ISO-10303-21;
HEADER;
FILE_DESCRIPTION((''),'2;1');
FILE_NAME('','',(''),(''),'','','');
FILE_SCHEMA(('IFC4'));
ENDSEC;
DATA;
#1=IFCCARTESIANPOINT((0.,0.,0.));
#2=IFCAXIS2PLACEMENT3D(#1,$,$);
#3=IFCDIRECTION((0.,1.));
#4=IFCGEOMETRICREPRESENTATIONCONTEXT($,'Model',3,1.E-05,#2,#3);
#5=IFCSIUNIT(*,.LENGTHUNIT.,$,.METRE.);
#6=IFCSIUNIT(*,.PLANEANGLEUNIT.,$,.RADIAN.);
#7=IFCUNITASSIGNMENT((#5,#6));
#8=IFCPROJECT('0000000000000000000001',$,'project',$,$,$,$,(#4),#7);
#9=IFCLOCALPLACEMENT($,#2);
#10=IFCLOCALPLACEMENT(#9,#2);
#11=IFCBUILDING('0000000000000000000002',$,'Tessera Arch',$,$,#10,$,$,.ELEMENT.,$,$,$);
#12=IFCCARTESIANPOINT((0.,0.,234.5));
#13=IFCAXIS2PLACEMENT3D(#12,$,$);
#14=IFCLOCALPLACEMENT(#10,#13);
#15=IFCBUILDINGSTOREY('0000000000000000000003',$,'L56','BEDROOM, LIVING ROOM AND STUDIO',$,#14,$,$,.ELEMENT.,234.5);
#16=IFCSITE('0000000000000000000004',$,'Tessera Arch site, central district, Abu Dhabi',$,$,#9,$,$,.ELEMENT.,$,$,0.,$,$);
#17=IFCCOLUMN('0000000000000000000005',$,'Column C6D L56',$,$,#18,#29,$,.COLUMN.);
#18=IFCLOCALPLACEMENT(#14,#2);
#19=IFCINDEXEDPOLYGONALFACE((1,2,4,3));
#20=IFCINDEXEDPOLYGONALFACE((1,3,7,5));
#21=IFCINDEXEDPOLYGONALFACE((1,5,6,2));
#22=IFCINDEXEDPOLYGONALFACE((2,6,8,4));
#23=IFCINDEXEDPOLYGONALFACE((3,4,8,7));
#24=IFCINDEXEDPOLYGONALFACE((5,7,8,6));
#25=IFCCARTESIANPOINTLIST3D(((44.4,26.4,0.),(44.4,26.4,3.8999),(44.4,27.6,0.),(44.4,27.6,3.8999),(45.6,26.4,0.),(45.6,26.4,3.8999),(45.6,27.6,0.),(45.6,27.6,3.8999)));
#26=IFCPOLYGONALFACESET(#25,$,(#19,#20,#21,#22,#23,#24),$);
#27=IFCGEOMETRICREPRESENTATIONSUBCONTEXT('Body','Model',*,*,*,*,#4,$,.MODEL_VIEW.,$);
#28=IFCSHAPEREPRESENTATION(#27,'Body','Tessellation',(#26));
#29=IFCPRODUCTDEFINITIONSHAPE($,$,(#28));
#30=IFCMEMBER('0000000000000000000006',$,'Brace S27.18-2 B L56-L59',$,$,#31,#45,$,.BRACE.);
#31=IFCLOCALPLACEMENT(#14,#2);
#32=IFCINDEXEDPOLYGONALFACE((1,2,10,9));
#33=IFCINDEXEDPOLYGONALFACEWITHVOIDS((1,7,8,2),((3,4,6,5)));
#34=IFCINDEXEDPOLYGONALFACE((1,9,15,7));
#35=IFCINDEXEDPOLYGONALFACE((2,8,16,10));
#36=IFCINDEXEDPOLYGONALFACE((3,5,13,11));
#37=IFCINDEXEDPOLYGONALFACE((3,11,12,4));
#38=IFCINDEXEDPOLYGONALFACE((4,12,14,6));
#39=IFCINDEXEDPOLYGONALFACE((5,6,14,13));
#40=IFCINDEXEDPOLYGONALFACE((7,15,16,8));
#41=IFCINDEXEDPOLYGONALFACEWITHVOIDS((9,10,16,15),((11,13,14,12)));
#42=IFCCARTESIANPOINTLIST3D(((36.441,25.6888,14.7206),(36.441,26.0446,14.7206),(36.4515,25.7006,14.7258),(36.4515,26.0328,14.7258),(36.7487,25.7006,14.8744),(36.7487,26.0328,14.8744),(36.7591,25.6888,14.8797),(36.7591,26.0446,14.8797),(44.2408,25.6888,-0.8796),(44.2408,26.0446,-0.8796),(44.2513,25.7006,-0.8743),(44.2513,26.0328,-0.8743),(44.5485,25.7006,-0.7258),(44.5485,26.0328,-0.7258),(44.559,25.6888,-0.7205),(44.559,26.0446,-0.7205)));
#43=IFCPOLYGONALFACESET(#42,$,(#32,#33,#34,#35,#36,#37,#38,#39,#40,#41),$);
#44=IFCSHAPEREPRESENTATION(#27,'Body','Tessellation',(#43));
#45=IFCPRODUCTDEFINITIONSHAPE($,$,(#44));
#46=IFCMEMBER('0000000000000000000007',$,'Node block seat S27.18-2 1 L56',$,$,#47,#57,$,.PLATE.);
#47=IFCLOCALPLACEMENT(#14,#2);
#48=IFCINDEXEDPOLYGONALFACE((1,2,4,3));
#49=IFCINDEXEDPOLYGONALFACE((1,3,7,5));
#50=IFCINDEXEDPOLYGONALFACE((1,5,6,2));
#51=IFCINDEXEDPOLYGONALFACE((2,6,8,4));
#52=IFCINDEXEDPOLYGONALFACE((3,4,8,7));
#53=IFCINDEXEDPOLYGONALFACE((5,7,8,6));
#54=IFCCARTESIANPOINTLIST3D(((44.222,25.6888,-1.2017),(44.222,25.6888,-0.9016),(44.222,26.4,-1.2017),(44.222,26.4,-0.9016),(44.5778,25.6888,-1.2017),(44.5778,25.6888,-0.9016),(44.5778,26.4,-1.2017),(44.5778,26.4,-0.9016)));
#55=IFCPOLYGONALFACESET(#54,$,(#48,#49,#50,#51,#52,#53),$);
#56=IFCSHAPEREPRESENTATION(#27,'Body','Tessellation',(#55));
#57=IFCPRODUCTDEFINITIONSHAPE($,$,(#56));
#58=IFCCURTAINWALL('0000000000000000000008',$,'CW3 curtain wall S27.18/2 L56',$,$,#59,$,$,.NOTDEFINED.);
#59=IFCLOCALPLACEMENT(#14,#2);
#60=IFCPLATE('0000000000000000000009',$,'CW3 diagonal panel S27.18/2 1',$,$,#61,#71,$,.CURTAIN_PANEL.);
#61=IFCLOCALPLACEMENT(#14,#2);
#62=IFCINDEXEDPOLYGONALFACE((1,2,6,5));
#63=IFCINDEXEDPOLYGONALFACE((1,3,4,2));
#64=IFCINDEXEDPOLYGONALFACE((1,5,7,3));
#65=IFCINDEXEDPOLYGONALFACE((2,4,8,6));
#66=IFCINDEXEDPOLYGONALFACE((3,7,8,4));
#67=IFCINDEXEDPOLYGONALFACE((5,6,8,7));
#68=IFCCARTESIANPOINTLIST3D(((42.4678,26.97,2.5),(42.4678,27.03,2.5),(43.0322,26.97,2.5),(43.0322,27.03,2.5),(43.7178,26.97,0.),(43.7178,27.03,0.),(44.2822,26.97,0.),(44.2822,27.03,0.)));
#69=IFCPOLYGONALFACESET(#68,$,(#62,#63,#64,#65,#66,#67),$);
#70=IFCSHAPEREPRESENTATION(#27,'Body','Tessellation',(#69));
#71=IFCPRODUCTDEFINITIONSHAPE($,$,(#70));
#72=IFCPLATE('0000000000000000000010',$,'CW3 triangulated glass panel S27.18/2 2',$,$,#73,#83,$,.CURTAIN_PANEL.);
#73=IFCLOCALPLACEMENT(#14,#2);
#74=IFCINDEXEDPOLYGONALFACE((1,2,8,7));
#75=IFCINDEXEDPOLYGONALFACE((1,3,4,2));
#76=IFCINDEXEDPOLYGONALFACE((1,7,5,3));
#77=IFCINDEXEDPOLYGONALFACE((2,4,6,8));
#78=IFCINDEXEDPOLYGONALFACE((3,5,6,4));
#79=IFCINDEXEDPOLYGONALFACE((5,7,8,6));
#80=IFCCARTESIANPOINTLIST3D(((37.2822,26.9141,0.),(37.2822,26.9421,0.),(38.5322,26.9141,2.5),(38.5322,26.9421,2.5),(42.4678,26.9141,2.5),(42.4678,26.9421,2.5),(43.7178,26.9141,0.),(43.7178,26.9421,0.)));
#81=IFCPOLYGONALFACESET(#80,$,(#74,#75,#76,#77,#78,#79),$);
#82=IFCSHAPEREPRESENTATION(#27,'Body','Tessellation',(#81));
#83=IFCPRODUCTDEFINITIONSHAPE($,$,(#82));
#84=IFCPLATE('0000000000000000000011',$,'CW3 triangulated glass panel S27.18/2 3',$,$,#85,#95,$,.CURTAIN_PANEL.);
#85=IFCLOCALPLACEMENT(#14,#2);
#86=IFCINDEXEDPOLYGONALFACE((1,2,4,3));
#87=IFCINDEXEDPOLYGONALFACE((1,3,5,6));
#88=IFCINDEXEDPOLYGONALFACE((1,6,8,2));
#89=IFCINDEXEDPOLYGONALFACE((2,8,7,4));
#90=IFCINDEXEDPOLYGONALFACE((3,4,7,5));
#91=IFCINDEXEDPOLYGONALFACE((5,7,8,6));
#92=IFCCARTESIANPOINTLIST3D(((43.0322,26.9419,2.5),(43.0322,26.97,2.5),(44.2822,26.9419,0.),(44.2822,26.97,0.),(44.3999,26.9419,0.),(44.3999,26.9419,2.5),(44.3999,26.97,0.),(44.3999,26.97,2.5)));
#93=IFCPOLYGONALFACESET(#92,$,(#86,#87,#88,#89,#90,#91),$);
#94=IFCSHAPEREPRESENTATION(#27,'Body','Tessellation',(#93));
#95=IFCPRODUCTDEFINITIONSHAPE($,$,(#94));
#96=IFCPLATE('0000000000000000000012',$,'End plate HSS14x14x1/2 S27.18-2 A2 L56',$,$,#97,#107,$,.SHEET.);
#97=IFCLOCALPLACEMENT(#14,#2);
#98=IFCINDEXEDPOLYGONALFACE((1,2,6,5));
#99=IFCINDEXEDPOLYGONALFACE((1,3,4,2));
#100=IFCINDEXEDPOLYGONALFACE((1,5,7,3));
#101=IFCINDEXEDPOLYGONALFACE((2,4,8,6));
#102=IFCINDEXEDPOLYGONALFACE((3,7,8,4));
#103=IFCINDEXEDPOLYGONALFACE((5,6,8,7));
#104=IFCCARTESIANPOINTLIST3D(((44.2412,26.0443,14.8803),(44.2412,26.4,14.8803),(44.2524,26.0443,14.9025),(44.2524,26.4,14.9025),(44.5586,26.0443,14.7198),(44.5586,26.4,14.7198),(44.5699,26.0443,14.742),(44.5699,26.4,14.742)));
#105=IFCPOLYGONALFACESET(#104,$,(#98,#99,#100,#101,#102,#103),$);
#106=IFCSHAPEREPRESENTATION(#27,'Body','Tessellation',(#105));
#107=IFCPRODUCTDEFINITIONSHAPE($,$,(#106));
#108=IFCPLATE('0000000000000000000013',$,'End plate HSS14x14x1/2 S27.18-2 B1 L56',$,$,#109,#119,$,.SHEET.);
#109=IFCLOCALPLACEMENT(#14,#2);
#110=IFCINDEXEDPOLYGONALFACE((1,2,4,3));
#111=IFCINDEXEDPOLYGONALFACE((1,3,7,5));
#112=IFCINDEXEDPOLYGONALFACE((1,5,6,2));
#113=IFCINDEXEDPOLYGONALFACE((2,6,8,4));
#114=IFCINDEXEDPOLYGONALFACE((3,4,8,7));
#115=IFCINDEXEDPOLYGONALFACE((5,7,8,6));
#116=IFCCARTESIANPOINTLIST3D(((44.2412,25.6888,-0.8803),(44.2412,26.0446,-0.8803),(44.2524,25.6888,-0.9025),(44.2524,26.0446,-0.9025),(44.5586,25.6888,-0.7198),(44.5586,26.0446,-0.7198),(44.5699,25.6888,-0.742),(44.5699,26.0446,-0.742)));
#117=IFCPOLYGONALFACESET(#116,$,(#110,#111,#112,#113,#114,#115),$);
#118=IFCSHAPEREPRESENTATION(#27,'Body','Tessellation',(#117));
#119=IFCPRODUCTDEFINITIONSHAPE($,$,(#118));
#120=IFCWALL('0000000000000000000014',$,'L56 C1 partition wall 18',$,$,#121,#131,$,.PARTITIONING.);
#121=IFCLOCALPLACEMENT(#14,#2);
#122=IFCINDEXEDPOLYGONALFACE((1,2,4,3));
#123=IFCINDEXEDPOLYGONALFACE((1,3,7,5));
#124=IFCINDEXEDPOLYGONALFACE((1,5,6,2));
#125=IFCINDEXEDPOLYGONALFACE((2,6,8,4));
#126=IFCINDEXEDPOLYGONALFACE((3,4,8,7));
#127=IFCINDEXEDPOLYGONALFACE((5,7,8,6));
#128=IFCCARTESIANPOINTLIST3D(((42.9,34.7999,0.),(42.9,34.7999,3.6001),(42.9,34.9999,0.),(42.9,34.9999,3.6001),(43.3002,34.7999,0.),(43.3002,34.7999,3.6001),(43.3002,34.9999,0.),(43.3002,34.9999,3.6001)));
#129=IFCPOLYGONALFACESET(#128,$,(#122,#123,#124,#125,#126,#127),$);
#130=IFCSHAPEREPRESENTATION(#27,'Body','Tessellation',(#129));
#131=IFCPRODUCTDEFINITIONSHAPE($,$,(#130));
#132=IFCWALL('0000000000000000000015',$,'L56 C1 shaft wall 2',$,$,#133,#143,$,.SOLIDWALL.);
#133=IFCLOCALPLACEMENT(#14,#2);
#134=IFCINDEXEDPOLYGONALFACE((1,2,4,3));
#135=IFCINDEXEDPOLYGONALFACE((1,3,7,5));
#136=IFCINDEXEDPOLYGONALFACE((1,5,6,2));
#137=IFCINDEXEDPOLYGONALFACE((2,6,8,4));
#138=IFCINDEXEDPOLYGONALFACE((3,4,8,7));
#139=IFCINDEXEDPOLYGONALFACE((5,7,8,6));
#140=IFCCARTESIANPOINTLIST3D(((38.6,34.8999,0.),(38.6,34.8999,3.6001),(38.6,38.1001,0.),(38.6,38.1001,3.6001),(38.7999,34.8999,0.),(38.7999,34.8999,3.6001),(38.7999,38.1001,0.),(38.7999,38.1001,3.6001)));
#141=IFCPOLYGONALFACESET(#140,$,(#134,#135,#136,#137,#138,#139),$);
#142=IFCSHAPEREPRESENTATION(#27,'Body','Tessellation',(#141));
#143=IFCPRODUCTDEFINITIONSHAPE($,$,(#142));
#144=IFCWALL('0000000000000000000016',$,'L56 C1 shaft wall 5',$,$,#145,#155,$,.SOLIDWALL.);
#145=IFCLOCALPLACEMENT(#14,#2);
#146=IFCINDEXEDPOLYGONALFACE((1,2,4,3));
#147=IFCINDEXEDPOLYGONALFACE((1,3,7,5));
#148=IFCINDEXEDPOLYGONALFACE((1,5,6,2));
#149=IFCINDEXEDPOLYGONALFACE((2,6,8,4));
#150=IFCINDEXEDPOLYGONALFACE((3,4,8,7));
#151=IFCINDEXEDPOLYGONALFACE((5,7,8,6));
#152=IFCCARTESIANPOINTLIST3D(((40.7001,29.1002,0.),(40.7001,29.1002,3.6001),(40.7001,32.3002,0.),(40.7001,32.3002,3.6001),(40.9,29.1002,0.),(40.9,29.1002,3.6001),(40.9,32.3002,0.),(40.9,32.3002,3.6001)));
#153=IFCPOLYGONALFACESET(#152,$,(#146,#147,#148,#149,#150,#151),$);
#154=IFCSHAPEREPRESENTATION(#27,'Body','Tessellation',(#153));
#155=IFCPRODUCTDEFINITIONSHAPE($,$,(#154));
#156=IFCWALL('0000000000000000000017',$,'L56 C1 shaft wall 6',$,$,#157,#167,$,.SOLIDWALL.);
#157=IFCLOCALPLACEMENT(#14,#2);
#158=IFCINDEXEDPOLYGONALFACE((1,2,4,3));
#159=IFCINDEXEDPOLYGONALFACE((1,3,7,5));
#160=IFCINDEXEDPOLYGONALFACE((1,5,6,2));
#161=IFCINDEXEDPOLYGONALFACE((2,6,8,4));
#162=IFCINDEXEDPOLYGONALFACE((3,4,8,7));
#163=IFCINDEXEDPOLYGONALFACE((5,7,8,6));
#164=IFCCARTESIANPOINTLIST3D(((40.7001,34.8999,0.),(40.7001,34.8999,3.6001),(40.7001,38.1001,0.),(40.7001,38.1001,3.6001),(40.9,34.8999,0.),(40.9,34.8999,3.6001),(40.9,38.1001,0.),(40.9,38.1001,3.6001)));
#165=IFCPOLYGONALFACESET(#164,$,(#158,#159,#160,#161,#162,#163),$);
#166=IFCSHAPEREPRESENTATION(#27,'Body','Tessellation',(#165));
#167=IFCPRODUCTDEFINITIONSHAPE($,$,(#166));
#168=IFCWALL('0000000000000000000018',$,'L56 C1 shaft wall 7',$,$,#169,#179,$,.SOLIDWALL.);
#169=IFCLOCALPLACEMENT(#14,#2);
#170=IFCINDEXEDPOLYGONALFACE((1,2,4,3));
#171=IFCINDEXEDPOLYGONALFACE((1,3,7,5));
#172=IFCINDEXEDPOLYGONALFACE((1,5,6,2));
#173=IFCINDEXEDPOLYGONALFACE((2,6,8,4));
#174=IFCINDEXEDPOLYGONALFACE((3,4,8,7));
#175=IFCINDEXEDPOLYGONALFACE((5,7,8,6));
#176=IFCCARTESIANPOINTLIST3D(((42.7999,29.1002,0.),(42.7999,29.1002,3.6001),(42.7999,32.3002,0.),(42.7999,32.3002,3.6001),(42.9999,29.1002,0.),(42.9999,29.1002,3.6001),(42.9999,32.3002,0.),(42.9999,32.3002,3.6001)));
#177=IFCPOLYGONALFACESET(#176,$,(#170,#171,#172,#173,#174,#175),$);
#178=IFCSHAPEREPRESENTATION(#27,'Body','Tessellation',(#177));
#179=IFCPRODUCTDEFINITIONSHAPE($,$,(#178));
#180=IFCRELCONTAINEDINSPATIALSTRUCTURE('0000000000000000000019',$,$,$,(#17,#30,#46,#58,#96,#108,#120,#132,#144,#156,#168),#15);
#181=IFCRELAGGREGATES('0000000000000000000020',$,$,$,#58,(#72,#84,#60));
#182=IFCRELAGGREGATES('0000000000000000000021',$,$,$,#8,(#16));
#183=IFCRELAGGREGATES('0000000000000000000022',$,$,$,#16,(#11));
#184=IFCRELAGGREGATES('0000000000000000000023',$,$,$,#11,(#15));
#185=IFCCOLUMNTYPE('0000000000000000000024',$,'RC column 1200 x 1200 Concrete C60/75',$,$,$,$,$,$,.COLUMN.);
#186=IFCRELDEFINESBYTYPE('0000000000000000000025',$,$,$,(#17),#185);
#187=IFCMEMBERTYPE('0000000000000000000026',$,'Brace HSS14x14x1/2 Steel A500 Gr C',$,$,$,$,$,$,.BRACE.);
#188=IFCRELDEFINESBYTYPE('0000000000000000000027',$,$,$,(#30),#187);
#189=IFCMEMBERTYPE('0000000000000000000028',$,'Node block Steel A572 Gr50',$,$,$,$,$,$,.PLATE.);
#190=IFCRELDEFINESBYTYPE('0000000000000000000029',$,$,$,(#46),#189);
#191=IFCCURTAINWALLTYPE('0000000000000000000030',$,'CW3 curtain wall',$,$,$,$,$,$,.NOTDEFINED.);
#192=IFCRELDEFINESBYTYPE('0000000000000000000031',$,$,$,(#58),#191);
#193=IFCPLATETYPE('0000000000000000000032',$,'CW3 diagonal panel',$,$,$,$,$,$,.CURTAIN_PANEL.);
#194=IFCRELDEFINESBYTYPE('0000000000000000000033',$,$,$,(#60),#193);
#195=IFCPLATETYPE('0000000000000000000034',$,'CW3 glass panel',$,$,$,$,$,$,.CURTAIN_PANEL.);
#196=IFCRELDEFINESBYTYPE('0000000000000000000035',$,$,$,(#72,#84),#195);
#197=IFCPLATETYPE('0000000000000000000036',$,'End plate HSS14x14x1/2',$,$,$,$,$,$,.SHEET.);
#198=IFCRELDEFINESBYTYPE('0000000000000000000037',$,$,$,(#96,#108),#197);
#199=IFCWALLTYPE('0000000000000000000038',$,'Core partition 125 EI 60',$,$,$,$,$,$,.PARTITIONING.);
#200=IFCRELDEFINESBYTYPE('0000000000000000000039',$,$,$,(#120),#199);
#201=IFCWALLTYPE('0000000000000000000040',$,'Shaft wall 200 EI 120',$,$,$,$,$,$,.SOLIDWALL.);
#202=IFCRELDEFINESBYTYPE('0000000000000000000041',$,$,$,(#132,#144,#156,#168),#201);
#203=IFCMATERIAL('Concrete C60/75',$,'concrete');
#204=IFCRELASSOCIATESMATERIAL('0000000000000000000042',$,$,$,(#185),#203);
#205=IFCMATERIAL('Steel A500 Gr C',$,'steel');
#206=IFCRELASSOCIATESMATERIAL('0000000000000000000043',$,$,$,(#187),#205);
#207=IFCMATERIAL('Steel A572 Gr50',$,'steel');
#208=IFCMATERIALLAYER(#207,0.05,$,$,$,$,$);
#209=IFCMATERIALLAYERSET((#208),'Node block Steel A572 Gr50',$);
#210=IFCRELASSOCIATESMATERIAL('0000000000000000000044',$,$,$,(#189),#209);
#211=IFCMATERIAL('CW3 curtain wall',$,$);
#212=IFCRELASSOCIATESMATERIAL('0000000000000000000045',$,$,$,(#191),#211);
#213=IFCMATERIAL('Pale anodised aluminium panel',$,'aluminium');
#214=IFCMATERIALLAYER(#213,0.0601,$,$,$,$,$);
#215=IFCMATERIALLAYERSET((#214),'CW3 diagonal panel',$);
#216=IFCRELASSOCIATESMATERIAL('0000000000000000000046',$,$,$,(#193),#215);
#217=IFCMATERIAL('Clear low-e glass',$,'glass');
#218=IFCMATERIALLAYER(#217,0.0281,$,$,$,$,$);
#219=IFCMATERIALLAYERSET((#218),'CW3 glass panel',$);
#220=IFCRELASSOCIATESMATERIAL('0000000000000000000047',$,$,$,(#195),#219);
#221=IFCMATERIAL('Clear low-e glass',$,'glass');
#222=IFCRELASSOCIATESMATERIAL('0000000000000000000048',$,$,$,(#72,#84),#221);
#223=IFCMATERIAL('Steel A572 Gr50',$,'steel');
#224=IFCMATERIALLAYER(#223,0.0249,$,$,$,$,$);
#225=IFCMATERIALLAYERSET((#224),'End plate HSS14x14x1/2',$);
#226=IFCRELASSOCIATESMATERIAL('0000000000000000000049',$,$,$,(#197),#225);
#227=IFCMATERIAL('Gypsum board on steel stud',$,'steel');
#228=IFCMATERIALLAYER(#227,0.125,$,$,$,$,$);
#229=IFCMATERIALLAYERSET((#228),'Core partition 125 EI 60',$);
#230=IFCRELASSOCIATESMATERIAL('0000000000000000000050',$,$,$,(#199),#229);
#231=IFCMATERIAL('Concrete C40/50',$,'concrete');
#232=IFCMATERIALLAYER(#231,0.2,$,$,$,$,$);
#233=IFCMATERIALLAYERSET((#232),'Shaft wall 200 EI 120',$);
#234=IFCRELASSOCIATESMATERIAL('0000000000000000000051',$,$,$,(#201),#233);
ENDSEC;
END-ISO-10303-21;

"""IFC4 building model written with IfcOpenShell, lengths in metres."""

from ifc_helpers import new_model, si_unit, direction, frame, frame_2d, origin, origin_2d, place, context, subcontext, project, spatial, polyline, rectangle, hollow_rectangle, outline, extrude, material, layer, layer_set, material_profile, profile_set, type_object, element, aggregate, save


model = new_model("IFC4")

# Units and contexts
model_context = context("Model", 3, precision=1e-05, world=origin(), true_north=direction((0.0, 1.0)))
body_context = subcontext(model_context, "Body", "Model", "MODEL_VIEW")
ifc_project = project(units=[si_unit("LENGTHUNIT", "METRE"), si_unit("PLANEANGLEUNIT", "RADIAN")], contexts=[model_context])

# Site, building, storey
site_placement = place(None, origin())
site = spatial("IfcSite", under=ifc_project, at=site_placement, Name="Tessera Arch site, central district, Abu Dhabi", CompositionType="ELEMENT", RefElevation=0.0)
building_placement = place(site_placement, origin())
building = spatial("IfcBuilding", under=site, at=building_placement, Name="Tessera Arch", CompositionType="ELEMENT")
storey_placement = place(building_placement, frame((0.0, 0.0, 234.5)))
storey = spatial("IfcBuildingStorey", under=building, at=storey_placement, Name="L56", Description="BEDROOM, LIVING ROOM AND STUDIO", CompositionType="ELEMENT", Elevation=234.5)

# Column
ifc_material_1 = material(Name="Concrete C60/75", Category="concrete")
ifc_material_profile_1 = material_profile(ifc_material_1, rectangle(XDim=1.2, YDim=1.2, at=origin_2d()), Name="RC column 1200 x 1200 Concrete C60/75")
ifc_profile_set_1 = profile_set([ifc_material_profile_1], Name="Concrete C60/75")
column_type = type_object("IfcColumnType", Name="RC column 1200 x 1200 Concrete C60/75", PredefinedType="COLUMN", material=ifc_profile_set_1)
column_placement = place(storey_placement, frame((45.0, 27.0, 0.0), z_axis=(0.0, 0.0, 1.0), x_axis=(1.0, 0.0, 0.0)))
element("IfcColumn", 1, at=column_placement, inside=storey, type_object=column_type, Name="Column C6D L56", PredefinedType="COLUMN", context=body_context, shape_type="SweptSolid", body=[
    extrude(rectangle(XDim=1.2, YDim=1.2, at=origin_2d()), origin(), (0.0, 0.0, 1.0), 3.8999),
])

# Members
ifc_material_2 = material(Name="Steel A500 Gr C", Category="steel")
ifc_material_profile_2 = material_profile(ifc_material_2, hollow_rectangle(XDim=0.3557, YDim=0.3557, WallThickness=0.0117, at=origin_2d()), Name="HSS14x14x1/2")
ifc_profile_set_2 = profile_set([ifc_material_profile_2], Name="Steel A500 Gr C")
member_type_1 = type_object("IfcMemberType", Name="Brace HSS14x14x1/2 Steel A500 Gr C", PredefinedType="BRACE", material=ifc_profile_set_2)
member_1_placement = place(storey_placement, frame((44.3999, 25.8667, -0.8), z_axis=(-0.447202, 0.0, 0.894433), x_axis=(0.0, -1.0, 0.0)))
element("IfcMember", 2, at=member_1_placement, inside=storey, type_object=member_type_1, Name="Brace S27.18-2 B L56-L59", PredefinedType="BRACE", context=body_context, shape_type="SweptSolid", body=[
    extrude(hollow_rectangle(XDim=0.3557, YDim=0.3557, WallThickness=0.0117, at=origin_2d()), origin(), (0.0, 0.0, 1.0), 17.4414),
])
ifc_material_3 = material(Name="Steel A572 Gr50", Category="steel")
ifc_layer_1 = layer(ifc_material_3, 0.05)
ifc_layer_set_1 = layer_set([ifc_layer_1], Name="Node block Steel A572 Gr50")
member_type_2 = type_object("IfcMemberType", Name="Node block Steel A572 Gr50", PredefinedType="PLATE", material=ifc_layer_set_1)
member_2_placement = place(storey_placement, frame((44.3999, 26.0444, -1.2017), z_axis=(0.0, 0.0, 1.0), x_axis=(1.0, 0.0, 0.0)))
element("IfcMember", 3, at=member_2_placement, inside=storey, type_object=member_type_2, Name="Node block seat S27.18-2 1 L56", PredefinedType="PLATE", context=body_context, shape_type="SweptSolid", body=[
    extrude(rectangle(XDim=0.3557, YDim=0.7112, at=origin_2d()), origin(), (0.0, 0.0, 1.0), 0.3),
])

# Curtain wall, plates
ifc_material_4 = material(Name="CW3 curtain wall")
curtain_wall_type = type_object("IfcCurtainWallType", Name="CW3 curtain wall", PredefinedType="NOTDEFINED", material=ifc_material_4)
curtain_wall_placement = place(storey_placement, origin())
curtain_wall = element("IfcCurtainWall", 4, at=curtain_wall_placement, inside=storey, type_object=curtain_wall_type, Name="CW3 curtain wall S27.18/2 L56", PredefinedType="NOTDEFINED")
ifc_material_5 = material(Name="Pale anodised aluminium panel", Category="aluminium")
ifc_layer_2 = layer(ifc_material_5, 0.0601)
ifc_layer_set_2 = layer_set([ifc_layer_2], Name="CW3 diagonal panel")
plate_type_1 = type_object("IfcPlateType", Name="CW3 diagonal panel", PredefinedType="CURTAIN_PANEL", material=ifc_layer_set_2)
plate_1_placement = place(storey_placement, frame((43.0322, 26.97, 2.5), z_axis=(0.0, -1.0, 0.0), x_axis=(-1.0, 0.0, 0.0)))
plate_1 = element("IfcPlate", 5, at=plate_1_placement, type_object=plate_type_1, Name="CW3 diagonal panel S27.18/2 1", PredefinedType="CURTAIN_PANEL", context=body_context, shape_type="SweptSolid", body=[
    extrude(outline(polyline([(0.0, 0.0), (0.5645, 0.0), (-0.6855, 2.5), (-1.25, 2.5), (0.0, 0.0)])), origin(), (0.0, 0.0, -1.0), 0.0601),
])
ifc_material_6 = material(Name="Clear low-e glass", Category="glass")
ifc_material_7 = material(Name="Clear low-e glass", Category="glass")
ifc_layer_3 = layer(ifc_material_7, 0.0281)
ifc_layer_set_3 = layer_set([ifc_layer_3], Name="CW3 glass panel")
plate_type_2 = type_object("IfcPlateType", Name="CW3 glass panel", PredefinedType="CURTAIN_PANEL", material=ifc_layer_set_3)
plate_2_placement = place(storey_placement, frame((42.4678, 26.9141, 2.5), z_axis=(0.0, -1.0, 0.0), x_axis=(-1.0, 0.0, 0.0)))
plate_2 = element("IfcPlate", 6, at=plate_2_placement, type_object=plate_type_2, material=ifc_material_6, Name="CW3 triangulated glass panel S27.18/2 2", PredefinedType="CURTAIN_PANEL", context=body_context, shape_type="SweptSolid", body=[
    extrude(outline(polyline([(0.0, 0.0), (3.9355, 0.0), (5.1855, 2.5), (-1.25, 2.5), (0.0, 0.0)])), origin(), (0.0, 0.0, -1.0), 0.0281),
])
plate_3_placement = place(storey_placement, frame((44.3999, 26.9419, 2.5), z_axis=(0.0, -1.0, 0.0), x_axis=(-1.0, 0.0, 0.0)))
plate_3 = element("IfcPlate", 7, at=plate_3_placement, type_object=plate_type_2, material=ifc_material_6, Name="CW3 triangulated glass panel S27.18/2 3", PredefinedType="CURTAIN_PANEL", context=body_context, shape_type="SweptSolid", body=[
    extrude(outline(polyline([(0.0, 0.0), (1.3677, 0.0), (0.1177, 2.5), (0.0, 2.5), (0.0, 0.0)])), origin(), (0.0, 0.0, -1.0), 0.0281),
])
aggregate(curtain_wall, [plate_2, plate_3, plate_1])

# Plates
ifc_material_8 = material(Name="Steel A572 Gr50", Category="steel")
ifc_layer_4 = layer(ifc_material_8, 0.0249)
ifc_layer_set_4 = layer_set([ifc_layer_4], Name="End plate HSS14x14x1/2")
plate_type_3 = type_object("IfcPlateType", Name="End plate HSS14x14x1/2", PredefinedType="SHEET", material=ifc_layer_set_4)
for number, where, z_axis, x_axis, name in (
    (8, (44.3999, 26.2222, 14.8), (0.451132, 0.0, 0.892457), (0.0, 1.0, 0.0), "End plate HSS14x14x1/2 S27.18-2 A2 L56"),
    (9, (44.4111, 25.8667, -0.8223), (-0.451132, 0.0, 0.892457), (0.0, -1.0, 0.0), "End plate HSS14x14x1/2 S27.18-2 B1 L56"),
):
    element("IfcPlate", number, at=place(storey_placement, frame(where, z_axis=z_axis, x_axis=x_axis)), inside=storey, type_object=plate_type_3, Name=name, PredefinedType="SHEET", context=body_context, shape_type="SweptSolid", body=[
        extrude(rectangle(XDim=0.3557, YDim=0.3557, at=origin_2d()), origin(), (0.0, 0.0, 1.0), 0.0249),
    ])

# Walls
ifc_material_9 = material(Name="Gypsum board on steel stud", Category="steel")
ifc_layer_5 = layer(ifc_material_9, 0.125)
ifc_layer_set_5 = layer_set([ifc_layer_5], Name="Core partition 125 EI 60")
wall_type_1 = type_object("IfcWallType", Name="Core partition 125 EI 60", PredefinedType="PARTITIONING", material=ifc_layer_set_5)
wall_1_placement = place(storey_placement, frame((42.8999, 34.8999, 0.0), z_axis=(0.0, 0.0, 1.0), x_axis=(1.0, 0.0, 0.0)))
element("IfcWall", 10, at=wall_1_placement, inside=storey, type_object=wall_type_1, Name="L56 C1 partition wall 18", PredefinedType="PARTITIONING", context=body_context, shape_type="SweptSolid", body=[
    extrude(rectangle(XDim=0.4001, YDim=0.2, at=frame_2d((0.2002, 0.0))), origin(), (0.0, 0.0, 1.0), 3.6001),
])
ifc_material_10 = material(Name="Concrete C40/50", Category="concrete")
ifc_layer_6 = layer(ifc_material_10, 0.2)
ifc_layer_set_6 = layer_set([ifc_layer_6], Name="Shaft wall 200 EI 120")
wall_type_2 = type_object("IfcWallType", Name="Shaft wall 200 EI 120", PredefinedType="SOLIDWALL", material=ifc_layer_set_6)
wall_2_placement = place(storey_placement, frame((38.7, 34.8999, 0.0), z_axis=(0.0, 0.0, 1.0), x_axis=(0.0, 1.0, 0.0)))
element("IfcWall", 11, at=wall_2_placement, inside=storey, type_object=wall_type_2, Name="L56 C1 shaft wall 2", PredefinedType="SOLIDWALL", context=body_context, shape_type="SweptSolid", body=[
    extrude(rectangle(XDim=3.2002, YDim=0.2, at=frame_2d((1.6001, 0.0))), origin(), (0.0, 0.0, 1.0), 3.6001),
])
wall_3_placement = place(storey_placement, frame((40.8, 29.1001, 0.0), z_axis=(0.0, 0.0, 1.0), x_axis=(0.0, 1.0, 0.0)))
element("IfcWall", 12, at=wall_3_placement, inside=storey, type_object=wall_type_2, Name="L56 C1 shaft wall 5", PredefinedType="SOLIDWALL", context=body_context, shape_type="SweptSolid", body=[
    extrude(rectangle(XDim=3.2, YDim=0.2, at=frame_2d((1.6001, 0.0))), origin(), (0.0, 0.0, 1.0), 3.6001),
])
wall_4_placement = place(storey_placement, frame((40.8, 34.8999, 0.0), z_axis=(0.0, 0.0, 1.0), x_axis=(0.0, 1.0, 0.0)))
element("IfcWall", 13, at=wall_4_placement, inside=storey, type_object=wall_type_2, Name="L56 C1 shaft wall 6", PredefinedType="SOLIDWALL", context=body_context, shape_type="SweptSolid", body=[
    extrude(rectangle(XDim=3.2002, YDim=0.2, at=frame_2d((1.6001, 0.0))), origin(), (0.0, 0.0, 1.0), 3.6001),
])
wall_5_placement = place(storey_placement, frame((42.8999, 29.1001, 0.0), z_axis=(0.0, 0.0, 1.0), x_axis=(0.0, 1.0, 0.0)))
element("IfcWall", 14, at=wall_5_placement, inside=storey, type_object=wall_type_2, Name="L56 C1 shaft wall 7", PredefinedType="SOLIDWALL", context=body_context, shape_type="SweptSolid", body=[
    extrude(rectangle(XDim=3.2, YDim=0.2, at=frame_2d((1.6001, 0.0))), origin(), (0.0, 0.0, 1.0), 3.6001),
])

save(model, "model.ifc")
